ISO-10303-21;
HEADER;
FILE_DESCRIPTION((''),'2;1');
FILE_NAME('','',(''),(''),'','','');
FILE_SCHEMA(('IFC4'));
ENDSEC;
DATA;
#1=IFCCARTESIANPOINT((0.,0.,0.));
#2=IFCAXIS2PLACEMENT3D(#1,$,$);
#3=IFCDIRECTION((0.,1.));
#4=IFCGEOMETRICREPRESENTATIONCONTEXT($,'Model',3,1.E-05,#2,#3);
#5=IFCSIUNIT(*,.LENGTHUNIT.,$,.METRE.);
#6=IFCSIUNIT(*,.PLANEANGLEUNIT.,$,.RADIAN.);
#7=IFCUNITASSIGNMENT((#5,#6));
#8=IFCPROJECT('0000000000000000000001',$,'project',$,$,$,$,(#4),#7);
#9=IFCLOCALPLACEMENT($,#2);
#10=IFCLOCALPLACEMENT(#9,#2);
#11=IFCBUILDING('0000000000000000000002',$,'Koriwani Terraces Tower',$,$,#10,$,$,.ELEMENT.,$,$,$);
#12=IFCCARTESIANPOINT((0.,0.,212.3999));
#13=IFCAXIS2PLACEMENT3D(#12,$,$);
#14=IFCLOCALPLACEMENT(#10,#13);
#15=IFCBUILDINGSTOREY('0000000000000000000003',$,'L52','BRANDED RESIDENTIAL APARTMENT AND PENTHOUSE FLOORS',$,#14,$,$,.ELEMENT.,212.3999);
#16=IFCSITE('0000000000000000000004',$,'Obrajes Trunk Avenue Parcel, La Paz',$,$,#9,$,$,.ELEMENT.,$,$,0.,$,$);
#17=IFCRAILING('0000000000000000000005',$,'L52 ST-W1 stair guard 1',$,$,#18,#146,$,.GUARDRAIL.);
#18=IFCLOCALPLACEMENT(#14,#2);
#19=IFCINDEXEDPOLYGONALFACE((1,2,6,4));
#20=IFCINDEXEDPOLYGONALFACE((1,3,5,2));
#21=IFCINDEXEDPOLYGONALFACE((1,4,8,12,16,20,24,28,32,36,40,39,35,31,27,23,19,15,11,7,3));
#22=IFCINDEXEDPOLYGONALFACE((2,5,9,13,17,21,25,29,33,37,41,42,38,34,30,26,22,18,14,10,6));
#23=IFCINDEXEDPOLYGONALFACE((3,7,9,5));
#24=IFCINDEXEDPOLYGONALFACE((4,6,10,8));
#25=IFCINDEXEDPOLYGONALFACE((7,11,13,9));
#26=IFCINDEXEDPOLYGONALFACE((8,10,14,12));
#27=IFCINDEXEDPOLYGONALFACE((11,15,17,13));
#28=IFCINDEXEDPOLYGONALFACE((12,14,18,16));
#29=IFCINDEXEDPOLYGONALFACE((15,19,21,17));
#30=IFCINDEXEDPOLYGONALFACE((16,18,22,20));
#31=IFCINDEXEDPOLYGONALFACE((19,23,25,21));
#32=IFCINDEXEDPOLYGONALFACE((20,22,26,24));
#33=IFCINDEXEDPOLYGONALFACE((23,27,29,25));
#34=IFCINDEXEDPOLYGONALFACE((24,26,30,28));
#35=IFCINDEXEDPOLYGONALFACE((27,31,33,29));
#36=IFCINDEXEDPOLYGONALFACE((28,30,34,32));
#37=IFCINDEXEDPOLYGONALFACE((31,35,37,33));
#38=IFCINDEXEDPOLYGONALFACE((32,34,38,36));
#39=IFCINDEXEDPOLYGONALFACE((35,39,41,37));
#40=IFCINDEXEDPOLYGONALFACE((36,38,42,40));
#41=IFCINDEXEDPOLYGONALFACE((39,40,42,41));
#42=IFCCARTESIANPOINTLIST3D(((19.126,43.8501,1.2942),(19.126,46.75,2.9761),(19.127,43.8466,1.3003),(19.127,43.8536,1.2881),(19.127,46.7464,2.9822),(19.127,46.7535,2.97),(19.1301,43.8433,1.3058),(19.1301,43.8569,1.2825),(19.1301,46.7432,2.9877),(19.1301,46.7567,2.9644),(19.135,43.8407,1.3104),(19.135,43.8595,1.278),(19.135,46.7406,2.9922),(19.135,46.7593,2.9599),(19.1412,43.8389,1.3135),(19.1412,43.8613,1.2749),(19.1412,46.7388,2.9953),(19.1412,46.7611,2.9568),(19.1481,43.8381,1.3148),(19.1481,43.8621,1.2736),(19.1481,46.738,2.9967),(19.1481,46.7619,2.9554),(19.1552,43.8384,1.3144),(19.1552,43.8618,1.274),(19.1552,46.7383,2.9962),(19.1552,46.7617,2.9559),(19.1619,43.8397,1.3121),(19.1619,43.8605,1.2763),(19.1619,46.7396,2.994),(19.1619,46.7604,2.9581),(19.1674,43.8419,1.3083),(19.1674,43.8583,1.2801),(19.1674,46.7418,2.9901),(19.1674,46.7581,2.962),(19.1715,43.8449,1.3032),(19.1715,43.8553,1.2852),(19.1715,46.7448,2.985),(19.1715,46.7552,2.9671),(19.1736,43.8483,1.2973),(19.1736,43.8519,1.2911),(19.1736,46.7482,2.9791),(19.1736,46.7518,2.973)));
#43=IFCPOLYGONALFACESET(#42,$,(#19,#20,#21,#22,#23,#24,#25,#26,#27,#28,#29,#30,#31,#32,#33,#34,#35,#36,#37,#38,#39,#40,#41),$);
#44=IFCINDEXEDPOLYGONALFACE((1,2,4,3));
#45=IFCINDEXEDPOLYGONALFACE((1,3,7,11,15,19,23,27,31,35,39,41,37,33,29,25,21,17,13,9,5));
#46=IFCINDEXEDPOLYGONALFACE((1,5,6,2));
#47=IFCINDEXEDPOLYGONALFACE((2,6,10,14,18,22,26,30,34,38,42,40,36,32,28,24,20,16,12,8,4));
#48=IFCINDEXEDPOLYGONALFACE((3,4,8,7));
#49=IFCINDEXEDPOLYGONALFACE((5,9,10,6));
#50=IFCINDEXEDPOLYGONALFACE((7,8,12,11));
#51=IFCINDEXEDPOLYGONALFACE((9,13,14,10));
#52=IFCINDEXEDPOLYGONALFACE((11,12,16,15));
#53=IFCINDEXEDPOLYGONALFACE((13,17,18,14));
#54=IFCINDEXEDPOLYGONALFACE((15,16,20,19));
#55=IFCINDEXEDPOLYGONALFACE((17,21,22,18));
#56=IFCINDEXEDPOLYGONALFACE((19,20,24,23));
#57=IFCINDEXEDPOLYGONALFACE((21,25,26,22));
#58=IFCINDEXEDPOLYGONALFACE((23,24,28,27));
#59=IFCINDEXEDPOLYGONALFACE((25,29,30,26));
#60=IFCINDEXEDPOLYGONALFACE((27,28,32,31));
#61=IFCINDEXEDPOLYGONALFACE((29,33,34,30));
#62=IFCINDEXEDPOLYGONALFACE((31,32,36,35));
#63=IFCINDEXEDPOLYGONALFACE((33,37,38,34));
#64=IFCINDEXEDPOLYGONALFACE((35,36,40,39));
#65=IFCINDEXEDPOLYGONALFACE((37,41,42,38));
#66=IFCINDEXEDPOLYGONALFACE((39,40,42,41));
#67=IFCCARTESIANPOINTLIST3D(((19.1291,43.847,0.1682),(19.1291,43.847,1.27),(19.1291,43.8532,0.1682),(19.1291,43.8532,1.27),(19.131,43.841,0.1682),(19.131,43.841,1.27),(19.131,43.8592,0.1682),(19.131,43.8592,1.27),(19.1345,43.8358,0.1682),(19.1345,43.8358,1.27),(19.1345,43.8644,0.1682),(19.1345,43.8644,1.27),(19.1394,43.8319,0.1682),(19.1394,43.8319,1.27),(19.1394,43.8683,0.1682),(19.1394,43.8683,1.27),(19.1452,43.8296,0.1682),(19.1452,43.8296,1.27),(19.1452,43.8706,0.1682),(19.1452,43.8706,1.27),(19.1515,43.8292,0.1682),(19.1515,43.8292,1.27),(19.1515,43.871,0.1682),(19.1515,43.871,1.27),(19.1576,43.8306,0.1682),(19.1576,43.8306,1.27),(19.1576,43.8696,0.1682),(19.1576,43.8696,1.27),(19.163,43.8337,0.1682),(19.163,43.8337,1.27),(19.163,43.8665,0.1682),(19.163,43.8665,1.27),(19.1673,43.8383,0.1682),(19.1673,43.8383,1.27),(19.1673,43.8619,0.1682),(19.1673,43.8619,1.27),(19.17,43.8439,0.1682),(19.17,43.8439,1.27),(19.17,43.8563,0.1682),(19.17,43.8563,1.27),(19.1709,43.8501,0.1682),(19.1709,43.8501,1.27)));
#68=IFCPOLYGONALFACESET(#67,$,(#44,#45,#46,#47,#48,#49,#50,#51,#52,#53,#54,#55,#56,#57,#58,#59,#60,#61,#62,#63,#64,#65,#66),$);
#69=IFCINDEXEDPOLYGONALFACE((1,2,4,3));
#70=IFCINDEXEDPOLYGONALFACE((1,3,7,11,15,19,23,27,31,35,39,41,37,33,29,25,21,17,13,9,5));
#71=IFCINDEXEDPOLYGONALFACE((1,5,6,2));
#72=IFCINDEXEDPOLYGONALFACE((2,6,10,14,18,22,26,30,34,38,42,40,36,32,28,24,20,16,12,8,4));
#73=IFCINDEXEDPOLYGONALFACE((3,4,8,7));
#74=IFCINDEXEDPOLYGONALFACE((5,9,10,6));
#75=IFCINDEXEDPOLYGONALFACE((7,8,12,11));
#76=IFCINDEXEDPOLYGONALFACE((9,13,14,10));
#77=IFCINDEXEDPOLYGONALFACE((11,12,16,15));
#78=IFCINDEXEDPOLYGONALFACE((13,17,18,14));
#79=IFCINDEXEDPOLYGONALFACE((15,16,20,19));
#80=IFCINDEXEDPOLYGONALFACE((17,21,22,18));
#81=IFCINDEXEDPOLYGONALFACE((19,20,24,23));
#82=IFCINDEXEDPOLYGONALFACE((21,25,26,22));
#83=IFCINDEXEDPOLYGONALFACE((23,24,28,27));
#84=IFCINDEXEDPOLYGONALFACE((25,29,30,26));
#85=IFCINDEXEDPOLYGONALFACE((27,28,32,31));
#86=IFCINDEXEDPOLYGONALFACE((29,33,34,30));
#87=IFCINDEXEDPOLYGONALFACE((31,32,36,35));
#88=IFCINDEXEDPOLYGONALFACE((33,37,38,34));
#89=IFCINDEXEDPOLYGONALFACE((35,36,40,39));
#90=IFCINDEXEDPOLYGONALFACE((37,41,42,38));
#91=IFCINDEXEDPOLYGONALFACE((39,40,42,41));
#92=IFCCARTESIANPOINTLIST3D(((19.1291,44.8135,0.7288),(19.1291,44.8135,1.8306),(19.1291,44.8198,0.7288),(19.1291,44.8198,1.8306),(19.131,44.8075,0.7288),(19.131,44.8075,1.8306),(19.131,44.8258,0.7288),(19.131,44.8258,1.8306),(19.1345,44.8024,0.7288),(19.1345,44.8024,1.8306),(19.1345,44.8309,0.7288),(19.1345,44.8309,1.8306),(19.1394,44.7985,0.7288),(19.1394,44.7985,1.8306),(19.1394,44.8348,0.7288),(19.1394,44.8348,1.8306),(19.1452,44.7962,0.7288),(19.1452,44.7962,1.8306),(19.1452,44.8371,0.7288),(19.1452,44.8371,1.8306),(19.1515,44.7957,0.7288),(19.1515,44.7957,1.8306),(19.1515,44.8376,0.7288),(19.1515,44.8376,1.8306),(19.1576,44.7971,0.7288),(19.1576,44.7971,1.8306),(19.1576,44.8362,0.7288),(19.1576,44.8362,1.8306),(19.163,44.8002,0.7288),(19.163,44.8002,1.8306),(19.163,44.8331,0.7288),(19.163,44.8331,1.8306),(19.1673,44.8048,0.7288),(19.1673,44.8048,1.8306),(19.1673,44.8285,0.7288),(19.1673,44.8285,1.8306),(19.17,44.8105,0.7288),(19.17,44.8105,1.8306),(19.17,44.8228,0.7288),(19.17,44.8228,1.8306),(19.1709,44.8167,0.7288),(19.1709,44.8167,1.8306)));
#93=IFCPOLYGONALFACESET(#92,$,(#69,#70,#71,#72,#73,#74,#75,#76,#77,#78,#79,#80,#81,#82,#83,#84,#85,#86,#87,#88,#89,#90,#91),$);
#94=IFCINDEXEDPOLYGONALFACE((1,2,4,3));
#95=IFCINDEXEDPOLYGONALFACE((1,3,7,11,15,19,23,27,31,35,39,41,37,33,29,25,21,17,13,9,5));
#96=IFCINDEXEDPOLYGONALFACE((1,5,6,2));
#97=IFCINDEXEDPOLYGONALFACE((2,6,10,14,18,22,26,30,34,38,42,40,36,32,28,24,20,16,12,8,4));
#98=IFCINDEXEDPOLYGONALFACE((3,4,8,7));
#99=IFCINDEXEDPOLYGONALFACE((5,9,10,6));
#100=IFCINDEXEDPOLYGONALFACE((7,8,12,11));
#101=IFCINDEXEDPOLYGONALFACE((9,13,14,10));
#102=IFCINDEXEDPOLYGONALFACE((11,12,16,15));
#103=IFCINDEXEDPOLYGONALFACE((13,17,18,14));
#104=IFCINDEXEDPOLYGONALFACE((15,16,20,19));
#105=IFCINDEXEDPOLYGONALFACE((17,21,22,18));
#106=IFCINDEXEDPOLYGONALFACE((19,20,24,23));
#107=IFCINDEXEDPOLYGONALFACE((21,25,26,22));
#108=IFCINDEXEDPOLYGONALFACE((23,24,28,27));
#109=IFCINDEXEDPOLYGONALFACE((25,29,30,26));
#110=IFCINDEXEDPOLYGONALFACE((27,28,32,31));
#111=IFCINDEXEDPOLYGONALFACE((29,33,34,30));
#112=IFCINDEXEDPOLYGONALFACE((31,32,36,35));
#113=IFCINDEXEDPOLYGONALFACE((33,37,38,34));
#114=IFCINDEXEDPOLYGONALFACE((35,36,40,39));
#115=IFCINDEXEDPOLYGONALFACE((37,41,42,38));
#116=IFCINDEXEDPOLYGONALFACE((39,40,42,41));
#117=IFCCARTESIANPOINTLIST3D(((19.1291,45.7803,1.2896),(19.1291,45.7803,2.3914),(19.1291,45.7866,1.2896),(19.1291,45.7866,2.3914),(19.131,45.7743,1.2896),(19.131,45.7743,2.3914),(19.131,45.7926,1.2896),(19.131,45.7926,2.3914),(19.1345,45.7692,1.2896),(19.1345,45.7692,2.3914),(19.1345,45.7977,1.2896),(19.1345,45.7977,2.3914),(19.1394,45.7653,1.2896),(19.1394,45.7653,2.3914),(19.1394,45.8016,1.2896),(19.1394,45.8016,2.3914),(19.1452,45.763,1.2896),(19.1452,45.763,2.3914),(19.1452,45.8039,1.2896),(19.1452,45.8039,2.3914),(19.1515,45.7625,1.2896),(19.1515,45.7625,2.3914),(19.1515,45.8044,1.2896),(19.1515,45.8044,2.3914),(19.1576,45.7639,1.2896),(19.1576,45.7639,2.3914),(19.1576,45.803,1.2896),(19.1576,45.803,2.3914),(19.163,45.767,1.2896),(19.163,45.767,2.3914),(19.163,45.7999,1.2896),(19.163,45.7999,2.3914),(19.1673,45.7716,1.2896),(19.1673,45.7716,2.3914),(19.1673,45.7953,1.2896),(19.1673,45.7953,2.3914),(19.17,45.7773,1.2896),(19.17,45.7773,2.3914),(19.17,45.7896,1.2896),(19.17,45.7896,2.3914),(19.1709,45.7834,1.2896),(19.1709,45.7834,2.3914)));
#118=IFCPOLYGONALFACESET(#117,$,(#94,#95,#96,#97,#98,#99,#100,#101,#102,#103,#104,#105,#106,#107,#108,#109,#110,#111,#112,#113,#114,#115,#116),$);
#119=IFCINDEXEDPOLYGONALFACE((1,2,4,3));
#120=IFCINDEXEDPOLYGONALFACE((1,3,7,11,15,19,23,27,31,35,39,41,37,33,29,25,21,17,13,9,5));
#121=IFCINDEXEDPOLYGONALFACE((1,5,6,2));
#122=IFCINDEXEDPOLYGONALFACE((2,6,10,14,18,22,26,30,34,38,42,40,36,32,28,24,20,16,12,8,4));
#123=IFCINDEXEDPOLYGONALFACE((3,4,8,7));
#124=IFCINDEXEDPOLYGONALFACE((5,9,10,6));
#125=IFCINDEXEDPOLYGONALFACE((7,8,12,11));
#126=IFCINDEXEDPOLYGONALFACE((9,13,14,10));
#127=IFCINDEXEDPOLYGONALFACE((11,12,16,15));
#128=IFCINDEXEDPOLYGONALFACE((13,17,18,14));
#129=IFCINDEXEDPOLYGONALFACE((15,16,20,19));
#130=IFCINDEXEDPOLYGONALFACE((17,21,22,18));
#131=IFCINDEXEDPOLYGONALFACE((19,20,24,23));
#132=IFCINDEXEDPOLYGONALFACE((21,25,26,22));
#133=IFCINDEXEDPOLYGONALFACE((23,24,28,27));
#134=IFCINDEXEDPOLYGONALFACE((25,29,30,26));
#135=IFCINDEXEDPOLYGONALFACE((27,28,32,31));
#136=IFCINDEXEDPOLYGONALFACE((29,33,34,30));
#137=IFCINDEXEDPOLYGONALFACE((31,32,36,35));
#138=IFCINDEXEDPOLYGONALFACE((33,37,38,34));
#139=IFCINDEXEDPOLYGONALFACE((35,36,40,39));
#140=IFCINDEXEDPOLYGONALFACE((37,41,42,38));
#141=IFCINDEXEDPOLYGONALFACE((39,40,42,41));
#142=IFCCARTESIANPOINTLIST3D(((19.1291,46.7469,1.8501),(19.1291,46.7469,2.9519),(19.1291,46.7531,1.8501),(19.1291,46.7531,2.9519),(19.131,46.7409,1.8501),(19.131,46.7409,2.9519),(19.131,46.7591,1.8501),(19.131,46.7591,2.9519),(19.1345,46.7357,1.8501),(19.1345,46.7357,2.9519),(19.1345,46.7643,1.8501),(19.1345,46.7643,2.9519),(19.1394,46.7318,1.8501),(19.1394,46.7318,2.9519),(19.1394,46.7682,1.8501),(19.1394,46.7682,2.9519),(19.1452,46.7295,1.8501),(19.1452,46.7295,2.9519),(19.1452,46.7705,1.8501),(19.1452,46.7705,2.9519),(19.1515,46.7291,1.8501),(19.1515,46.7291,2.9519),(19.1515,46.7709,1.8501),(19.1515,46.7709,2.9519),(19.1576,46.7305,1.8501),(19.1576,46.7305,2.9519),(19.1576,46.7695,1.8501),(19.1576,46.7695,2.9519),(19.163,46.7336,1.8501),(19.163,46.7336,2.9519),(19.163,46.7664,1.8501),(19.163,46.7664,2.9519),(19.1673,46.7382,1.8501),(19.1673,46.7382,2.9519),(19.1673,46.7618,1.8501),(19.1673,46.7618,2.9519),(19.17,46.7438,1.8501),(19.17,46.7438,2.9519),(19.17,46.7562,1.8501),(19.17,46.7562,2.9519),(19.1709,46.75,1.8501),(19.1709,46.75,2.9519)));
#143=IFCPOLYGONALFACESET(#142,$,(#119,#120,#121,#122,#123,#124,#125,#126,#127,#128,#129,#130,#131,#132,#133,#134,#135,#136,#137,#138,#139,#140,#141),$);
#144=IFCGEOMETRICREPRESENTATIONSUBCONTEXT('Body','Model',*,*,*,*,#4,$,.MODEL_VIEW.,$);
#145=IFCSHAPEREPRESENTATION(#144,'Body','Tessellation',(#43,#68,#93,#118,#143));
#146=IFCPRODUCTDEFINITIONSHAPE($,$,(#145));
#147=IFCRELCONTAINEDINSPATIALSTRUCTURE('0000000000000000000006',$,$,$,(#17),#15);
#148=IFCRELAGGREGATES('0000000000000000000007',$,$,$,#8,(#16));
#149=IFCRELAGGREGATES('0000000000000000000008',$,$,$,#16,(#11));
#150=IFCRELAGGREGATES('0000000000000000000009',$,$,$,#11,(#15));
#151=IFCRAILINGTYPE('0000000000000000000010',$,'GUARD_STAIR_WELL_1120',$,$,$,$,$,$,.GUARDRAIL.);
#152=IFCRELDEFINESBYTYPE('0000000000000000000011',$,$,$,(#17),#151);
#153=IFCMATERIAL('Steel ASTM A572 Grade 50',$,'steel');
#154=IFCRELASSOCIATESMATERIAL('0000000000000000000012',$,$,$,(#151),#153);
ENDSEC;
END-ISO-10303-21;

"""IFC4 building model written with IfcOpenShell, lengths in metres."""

from ifc_helpers import new_model, si_unit, direction, frame, origin, origin_2d, place, context, subcontext, project, spatial, circle, extrude, material, type_object, element, save


model = new_model("IFC4")

# Units and contexts
model_context = context("Model", 3, precision=1e-05, world=origin(), true_north=direction((0.0, 1.0)))
body_context = subcontext(model_context, "Body", "Model", "MODEL_VIEW")
ifc_project = project(units=[si_unit("LENGTHUNIT", "METRE"), si_unit("PLANEANGLEUNIT", "RADIAN")], contexts=[model_context])

# Site, building, storey
site_placement = place(None, origin())
site = spatial("IfcSite", under=ifc_project, at=site_placement, Name="Obrajes Trunk Avenue Parcel, La Paz", CompositionType="ELEMENT", RefElevation=0.0)
building_placement = place(site_placement, origin())
building = spatial("IfcBuilding", under=site, at=building_placement, Name="Koriwani Terraces Tower", CompositionType="ELEMENT")
storey_placement = place(building_placement, frame((0.0, 0.0, 212.3999)))
storey = spatial("IfcBuildingStorey", under=building, at=storey_placement, Name="L52", Description="BRANDED RESIDENTIAL APARTMENT AND PENTHOUSE FLOORS", CompositionType="ELEMENT", Elevation=212.3999)

# Shared definitions
ifc_material_1 = material(Name="Steel ASTM A572 Grade 50", Category="steel")

# Railing
railing_type_1 = type_object("IfcRailingType", Name="GUARD_STAIR_WELL_1120", PredefinedType="GUARDRAIL", material=ifc_material_1)
railing_1_placement = place(storey_placement, frame((19.1499, 43.8501, 0.1682)))
element("IfcRailing", 1, at=railing_1_placement, inside=storey, type_object=railing_type_1, Name="L52 ST-W1 stair guard 1", PredefinedType="GUARDRAIL", context=body_context, shape_type="SweptSolid", body=[
    extrude(circle(Radius=0.0239, at=origin_2d()), frame((0.0, 0.0, 1.126), z_axis=(0.0, 0.865039, 0.501705), x_axis=(-1.0, 0.0, 0.0)), (0.0, 0.0, 1.0), 3.3523),
    extrude(circle(Radius=0.021, at=origin_2d()), origin(), (0.0, 0.0, 1.0), 1.1018),
    extrude(circle(Radius=0.021, at=origin_2d()), frame((0.0, 0.9666, 0.5605)), (0.0, 0.0, 1.0), 1.1018),
    extrude(circle(Radius=0.021, at=origin_2d()), frame((0.0, 1.9333, 1.1213)), (0.0, 0.0, 1.0), 1.1018),
    extrude(circle(Radius=0.021, at=origin_2d()), frame((0.0, 2.8999, 1.6819)), (0.0, 0.0, 1.0), 1.1018),
])

save(model, "model.ifc")
